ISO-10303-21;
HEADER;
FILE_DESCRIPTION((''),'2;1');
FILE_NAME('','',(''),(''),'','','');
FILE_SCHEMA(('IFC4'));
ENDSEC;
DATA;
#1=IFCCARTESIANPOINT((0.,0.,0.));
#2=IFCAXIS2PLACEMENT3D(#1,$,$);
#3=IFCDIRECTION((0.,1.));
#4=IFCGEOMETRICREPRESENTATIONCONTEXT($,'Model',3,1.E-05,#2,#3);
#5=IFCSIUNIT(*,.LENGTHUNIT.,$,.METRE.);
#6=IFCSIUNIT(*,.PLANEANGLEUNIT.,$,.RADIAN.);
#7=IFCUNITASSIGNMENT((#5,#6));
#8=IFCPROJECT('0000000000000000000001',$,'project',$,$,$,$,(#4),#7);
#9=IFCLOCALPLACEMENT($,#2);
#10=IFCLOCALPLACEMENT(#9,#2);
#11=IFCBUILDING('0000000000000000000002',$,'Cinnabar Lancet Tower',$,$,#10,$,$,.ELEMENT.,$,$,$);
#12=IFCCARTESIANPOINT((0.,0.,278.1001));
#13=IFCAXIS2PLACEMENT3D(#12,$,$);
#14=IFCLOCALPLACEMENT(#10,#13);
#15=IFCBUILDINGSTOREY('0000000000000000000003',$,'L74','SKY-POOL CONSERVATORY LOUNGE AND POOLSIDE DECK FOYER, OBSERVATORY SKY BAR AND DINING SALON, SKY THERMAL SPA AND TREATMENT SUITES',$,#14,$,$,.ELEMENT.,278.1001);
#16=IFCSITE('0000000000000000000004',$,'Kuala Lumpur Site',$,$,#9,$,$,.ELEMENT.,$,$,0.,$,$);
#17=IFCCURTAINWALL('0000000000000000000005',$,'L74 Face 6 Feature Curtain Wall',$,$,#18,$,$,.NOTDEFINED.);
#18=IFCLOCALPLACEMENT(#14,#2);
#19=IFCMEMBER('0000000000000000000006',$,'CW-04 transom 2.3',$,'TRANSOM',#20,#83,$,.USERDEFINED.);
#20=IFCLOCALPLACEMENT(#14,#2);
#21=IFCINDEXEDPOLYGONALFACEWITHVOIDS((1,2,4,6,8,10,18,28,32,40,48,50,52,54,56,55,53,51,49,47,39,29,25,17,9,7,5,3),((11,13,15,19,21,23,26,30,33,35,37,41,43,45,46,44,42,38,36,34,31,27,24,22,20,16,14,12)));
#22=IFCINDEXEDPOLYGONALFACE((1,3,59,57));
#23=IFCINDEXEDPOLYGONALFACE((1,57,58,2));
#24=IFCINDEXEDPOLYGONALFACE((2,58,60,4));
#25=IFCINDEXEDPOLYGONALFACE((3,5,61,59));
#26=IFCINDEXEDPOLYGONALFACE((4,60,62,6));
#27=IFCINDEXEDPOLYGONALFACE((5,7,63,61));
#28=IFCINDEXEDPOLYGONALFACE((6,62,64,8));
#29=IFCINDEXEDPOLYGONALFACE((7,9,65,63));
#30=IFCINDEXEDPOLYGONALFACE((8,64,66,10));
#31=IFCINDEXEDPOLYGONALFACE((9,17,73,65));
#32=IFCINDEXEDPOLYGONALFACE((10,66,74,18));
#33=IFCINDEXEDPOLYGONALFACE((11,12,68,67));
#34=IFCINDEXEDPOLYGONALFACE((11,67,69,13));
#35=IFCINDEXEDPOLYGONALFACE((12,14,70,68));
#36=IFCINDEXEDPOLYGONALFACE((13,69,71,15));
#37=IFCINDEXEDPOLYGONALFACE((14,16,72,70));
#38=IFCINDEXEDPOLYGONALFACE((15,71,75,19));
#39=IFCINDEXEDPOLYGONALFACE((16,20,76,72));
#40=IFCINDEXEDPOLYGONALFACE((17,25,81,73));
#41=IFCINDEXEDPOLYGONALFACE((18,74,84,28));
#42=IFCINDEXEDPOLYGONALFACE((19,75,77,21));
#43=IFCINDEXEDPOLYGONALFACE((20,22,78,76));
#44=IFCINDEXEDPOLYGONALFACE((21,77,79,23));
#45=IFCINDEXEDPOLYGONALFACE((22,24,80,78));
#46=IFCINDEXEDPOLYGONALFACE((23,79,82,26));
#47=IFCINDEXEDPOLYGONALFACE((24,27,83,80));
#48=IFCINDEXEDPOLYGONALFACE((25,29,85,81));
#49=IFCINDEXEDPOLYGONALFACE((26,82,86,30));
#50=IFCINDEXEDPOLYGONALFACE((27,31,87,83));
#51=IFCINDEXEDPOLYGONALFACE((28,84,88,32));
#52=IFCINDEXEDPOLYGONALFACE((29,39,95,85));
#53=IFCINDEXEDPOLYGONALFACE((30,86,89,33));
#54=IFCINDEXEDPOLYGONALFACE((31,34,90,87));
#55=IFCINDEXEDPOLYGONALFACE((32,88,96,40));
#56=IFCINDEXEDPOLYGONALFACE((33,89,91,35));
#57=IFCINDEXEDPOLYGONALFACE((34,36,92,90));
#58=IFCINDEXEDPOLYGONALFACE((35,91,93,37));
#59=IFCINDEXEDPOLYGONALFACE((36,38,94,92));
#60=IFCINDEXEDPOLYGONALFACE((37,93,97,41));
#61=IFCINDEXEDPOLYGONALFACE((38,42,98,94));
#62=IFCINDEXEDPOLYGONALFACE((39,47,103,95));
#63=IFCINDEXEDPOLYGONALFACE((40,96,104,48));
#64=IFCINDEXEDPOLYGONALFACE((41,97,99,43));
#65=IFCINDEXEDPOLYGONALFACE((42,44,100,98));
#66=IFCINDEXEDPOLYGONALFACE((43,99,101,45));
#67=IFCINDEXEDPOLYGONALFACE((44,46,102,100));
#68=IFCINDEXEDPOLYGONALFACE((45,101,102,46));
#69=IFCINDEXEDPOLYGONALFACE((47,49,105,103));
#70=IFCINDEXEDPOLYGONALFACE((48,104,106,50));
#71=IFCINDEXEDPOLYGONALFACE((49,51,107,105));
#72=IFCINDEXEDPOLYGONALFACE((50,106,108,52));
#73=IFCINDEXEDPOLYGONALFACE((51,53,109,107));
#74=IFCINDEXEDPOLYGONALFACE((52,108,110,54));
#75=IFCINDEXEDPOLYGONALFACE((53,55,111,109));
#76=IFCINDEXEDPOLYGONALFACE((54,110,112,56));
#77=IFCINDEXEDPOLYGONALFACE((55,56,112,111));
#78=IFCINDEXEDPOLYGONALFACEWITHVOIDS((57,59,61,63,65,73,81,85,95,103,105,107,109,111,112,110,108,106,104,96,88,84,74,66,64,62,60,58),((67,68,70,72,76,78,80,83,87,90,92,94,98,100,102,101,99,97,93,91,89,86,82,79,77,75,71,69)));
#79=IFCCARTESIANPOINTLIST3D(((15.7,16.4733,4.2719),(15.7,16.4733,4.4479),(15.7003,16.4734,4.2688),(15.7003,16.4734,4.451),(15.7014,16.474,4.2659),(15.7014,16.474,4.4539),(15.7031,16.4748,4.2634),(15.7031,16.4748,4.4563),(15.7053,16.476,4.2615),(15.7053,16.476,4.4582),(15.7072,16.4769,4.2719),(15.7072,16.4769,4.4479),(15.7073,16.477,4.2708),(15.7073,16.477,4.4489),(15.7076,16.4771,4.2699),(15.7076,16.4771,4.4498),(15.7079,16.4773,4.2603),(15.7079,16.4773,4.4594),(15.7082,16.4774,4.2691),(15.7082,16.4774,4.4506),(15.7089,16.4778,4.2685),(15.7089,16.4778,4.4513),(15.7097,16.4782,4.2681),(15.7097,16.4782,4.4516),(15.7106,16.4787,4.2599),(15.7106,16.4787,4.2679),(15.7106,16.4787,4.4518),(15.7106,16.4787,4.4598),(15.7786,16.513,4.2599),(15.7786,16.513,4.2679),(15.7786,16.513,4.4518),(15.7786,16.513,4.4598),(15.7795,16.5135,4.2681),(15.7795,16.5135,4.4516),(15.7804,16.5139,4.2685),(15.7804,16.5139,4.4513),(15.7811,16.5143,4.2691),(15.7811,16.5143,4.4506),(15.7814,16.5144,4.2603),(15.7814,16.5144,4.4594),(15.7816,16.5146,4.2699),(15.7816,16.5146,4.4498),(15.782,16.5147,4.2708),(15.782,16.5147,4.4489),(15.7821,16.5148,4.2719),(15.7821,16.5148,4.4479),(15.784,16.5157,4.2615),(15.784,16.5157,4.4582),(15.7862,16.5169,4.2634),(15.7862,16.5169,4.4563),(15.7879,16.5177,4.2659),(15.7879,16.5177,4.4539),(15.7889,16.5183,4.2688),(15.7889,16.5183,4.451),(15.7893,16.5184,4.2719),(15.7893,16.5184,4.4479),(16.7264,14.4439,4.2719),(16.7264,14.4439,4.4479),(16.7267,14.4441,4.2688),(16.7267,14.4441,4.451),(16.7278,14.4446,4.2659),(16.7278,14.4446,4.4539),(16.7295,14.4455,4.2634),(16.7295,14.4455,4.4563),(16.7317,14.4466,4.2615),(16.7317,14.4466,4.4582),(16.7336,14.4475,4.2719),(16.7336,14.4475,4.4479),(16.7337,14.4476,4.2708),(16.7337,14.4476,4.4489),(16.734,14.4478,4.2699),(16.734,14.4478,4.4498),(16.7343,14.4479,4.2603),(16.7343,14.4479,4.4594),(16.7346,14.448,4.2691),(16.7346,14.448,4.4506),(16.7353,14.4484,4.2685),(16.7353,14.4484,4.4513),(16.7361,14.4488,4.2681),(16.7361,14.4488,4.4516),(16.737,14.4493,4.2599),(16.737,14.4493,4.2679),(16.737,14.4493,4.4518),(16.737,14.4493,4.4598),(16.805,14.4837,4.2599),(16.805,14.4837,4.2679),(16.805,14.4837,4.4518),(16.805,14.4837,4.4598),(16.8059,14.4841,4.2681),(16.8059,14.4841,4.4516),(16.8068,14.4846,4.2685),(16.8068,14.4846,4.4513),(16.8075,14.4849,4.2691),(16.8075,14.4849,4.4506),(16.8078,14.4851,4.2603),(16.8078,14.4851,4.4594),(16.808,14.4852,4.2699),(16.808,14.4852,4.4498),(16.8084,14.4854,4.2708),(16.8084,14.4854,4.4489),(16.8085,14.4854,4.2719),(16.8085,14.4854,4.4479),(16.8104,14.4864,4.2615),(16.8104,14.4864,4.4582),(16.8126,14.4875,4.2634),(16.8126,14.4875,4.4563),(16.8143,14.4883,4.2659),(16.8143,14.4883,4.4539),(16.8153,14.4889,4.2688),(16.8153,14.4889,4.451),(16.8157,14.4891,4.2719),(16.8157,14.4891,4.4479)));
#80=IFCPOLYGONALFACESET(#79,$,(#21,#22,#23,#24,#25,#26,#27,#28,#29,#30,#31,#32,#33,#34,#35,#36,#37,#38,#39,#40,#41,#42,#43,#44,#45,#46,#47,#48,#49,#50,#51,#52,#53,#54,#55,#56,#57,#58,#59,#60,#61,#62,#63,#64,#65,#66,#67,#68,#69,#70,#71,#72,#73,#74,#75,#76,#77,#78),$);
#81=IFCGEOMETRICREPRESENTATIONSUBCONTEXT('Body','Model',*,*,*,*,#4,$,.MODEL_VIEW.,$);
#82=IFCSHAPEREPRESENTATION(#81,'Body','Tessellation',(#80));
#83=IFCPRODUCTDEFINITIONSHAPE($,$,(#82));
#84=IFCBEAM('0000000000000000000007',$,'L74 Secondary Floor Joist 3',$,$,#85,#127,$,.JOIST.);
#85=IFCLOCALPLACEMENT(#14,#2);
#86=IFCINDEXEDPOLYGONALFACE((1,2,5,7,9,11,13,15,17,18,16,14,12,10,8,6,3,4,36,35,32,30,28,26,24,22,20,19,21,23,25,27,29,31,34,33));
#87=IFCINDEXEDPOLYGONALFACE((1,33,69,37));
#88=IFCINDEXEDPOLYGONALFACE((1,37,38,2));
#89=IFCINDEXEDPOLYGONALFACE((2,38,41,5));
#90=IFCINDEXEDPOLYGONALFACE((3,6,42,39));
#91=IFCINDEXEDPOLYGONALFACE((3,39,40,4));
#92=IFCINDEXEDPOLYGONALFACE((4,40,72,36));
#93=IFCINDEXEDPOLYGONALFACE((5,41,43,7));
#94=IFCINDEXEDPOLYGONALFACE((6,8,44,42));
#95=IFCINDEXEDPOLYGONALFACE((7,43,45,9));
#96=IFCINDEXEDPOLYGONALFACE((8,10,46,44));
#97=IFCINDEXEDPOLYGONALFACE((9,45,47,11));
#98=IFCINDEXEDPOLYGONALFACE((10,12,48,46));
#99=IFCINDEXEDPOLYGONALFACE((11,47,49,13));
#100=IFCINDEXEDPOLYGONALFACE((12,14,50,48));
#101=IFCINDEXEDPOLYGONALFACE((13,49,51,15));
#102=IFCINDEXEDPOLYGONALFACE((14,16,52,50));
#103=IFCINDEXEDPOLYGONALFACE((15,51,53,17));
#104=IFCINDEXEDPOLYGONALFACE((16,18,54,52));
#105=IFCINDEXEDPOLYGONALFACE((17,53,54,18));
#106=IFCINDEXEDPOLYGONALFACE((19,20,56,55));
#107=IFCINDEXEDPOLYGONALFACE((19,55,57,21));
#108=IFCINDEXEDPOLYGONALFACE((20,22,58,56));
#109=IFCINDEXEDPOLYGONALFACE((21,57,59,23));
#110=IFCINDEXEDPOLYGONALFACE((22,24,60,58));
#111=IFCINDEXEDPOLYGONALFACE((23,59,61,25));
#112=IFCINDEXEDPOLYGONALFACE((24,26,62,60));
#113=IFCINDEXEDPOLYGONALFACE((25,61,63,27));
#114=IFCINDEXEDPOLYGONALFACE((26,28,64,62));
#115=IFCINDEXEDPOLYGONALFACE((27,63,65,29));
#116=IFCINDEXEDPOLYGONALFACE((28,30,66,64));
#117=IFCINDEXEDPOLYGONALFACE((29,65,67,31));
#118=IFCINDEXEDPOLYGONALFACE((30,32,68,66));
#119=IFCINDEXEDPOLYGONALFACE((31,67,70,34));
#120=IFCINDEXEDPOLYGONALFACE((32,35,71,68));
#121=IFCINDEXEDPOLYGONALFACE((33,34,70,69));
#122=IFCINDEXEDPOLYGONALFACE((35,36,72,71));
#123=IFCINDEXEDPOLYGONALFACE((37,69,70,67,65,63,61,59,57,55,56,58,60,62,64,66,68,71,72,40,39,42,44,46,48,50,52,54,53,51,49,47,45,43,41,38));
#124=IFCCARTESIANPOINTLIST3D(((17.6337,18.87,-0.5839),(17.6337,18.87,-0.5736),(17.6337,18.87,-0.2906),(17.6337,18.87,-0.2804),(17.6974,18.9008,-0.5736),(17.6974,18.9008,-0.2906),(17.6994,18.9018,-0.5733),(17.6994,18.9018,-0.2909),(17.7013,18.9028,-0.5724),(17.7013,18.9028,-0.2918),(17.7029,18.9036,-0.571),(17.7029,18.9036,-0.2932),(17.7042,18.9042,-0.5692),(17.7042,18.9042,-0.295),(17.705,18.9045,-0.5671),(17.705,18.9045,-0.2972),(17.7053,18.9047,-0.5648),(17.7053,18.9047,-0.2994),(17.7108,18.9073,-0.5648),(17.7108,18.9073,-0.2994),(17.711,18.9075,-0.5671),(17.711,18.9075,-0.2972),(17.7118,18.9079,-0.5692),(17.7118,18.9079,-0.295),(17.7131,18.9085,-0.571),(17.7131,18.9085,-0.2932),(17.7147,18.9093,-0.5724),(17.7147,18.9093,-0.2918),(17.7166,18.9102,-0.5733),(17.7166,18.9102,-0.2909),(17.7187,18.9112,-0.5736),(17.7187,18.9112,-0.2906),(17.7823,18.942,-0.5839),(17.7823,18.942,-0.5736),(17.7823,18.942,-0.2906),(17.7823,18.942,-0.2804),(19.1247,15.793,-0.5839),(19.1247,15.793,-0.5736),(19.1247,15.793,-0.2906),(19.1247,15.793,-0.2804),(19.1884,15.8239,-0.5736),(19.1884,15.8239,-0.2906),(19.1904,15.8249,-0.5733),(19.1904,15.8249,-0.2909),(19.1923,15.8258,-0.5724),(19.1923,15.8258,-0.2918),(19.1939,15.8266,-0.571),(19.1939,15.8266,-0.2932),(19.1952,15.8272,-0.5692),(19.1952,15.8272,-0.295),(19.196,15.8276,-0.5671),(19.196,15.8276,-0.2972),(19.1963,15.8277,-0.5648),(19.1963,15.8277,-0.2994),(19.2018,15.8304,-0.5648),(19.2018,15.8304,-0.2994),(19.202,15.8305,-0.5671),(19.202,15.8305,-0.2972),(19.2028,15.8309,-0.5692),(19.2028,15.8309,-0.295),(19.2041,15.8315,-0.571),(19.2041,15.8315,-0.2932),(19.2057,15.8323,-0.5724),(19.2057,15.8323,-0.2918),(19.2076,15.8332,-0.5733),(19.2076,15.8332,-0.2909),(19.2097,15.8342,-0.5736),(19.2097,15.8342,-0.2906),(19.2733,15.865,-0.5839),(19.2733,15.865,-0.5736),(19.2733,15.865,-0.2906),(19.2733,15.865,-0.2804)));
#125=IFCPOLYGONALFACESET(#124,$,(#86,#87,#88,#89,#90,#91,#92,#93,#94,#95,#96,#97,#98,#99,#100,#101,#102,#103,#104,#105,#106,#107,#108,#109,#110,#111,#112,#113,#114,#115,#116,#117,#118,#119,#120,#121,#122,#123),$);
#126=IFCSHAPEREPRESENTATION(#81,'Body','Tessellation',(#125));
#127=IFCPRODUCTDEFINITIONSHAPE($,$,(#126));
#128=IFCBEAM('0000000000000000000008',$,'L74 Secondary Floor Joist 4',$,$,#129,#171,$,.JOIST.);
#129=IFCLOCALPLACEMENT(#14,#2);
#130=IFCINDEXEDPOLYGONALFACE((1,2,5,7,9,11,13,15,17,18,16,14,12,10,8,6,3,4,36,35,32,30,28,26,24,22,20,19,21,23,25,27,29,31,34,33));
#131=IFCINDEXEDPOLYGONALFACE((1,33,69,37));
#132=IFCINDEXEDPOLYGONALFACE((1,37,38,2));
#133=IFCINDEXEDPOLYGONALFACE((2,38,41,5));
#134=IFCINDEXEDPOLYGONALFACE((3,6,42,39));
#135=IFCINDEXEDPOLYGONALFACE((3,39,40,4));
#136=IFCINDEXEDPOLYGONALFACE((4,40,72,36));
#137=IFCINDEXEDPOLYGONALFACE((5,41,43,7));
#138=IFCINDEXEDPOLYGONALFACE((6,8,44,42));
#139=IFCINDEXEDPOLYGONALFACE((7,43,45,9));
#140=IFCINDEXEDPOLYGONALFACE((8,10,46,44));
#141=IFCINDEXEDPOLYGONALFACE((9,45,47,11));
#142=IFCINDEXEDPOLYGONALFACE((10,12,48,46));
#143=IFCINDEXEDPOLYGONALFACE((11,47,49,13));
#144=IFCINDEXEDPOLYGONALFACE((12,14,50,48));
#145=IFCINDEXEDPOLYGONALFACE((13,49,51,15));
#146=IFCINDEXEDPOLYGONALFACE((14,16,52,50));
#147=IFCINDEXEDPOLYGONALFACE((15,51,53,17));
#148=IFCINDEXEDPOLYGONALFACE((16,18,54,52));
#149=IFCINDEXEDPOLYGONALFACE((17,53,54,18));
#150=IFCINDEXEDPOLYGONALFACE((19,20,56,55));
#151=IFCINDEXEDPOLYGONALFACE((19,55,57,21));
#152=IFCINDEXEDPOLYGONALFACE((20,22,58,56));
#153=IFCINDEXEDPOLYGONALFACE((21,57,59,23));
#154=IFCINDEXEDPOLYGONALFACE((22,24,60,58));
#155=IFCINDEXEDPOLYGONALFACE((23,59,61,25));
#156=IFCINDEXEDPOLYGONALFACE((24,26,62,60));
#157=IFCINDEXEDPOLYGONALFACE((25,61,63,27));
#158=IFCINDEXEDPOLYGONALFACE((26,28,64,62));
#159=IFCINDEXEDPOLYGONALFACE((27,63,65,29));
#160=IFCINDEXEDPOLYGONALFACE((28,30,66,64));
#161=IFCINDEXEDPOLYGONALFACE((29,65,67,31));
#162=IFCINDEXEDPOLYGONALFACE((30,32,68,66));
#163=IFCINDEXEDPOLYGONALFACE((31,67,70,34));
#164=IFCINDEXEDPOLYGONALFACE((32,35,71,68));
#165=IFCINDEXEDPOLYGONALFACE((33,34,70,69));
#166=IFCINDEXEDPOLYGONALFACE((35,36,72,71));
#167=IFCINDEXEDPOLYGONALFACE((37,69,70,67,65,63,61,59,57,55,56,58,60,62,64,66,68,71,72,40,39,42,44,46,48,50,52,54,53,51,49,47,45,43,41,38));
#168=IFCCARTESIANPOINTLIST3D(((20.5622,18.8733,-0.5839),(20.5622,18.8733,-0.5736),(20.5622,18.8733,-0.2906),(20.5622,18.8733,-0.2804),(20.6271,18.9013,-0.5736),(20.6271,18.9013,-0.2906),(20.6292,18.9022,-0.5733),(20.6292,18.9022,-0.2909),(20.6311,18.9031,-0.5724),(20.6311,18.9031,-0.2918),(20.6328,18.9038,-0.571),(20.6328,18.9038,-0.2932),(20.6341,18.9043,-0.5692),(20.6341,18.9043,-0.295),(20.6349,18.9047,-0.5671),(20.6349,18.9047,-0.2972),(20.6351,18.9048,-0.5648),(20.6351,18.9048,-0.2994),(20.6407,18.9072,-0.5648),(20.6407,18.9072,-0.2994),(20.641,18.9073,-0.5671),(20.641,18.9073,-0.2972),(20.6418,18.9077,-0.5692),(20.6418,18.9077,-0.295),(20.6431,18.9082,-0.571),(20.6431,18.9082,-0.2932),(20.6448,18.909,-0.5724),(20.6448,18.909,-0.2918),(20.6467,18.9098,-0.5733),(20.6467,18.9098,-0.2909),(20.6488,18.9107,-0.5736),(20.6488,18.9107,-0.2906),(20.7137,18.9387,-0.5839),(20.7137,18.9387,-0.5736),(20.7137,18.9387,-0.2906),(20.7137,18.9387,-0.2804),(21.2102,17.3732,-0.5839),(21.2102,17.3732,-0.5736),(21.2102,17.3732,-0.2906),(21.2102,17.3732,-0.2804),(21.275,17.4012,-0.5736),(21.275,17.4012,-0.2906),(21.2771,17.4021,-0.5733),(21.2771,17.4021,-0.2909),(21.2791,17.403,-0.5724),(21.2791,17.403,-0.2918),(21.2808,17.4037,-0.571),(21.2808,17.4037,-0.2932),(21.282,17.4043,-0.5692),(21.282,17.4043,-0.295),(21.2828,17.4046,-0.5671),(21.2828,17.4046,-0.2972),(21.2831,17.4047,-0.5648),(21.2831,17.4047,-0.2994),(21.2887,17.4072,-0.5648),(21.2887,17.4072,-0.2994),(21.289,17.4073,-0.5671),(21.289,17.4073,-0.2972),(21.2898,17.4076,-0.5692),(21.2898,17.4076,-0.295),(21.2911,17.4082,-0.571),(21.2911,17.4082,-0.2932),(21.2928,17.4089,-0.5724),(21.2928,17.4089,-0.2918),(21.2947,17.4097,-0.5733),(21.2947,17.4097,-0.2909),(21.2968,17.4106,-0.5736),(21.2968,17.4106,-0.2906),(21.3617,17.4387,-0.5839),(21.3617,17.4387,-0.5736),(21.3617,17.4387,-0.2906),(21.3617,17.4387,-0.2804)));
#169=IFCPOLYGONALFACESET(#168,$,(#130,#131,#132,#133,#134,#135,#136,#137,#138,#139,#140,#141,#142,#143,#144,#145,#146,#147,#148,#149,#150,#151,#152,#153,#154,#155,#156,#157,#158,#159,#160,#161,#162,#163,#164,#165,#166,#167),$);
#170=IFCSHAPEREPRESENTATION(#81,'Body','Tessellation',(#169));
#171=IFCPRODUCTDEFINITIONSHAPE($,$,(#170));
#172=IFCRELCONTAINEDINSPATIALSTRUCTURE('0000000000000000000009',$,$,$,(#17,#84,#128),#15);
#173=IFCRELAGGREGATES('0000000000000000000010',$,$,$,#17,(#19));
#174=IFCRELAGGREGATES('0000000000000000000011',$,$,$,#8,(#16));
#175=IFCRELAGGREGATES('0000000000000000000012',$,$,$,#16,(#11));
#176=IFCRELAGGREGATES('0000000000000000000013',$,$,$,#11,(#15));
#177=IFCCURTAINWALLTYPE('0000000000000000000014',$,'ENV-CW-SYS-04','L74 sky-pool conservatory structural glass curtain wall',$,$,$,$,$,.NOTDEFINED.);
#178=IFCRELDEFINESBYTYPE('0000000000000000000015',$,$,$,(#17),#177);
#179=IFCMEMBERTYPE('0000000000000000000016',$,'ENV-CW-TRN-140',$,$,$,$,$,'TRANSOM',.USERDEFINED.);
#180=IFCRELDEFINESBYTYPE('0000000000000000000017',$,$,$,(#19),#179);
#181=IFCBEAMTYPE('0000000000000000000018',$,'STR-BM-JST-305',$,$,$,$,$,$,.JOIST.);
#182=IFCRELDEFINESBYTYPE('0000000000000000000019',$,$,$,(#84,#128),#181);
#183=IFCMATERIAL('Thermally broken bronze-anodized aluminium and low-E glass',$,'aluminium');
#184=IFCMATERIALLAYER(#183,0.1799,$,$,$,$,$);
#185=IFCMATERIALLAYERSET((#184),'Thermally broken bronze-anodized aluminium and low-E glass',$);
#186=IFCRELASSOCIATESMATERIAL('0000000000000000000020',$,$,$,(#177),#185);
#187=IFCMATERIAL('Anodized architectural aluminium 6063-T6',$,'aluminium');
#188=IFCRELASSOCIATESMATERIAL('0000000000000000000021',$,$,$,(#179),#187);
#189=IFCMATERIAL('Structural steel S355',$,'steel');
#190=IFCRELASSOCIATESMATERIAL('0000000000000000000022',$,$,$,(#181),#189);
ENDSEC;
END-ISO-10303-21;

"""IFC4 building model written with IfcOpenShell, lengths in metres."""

from ifc_helpers import new_model, si_unit, direction, frame, origin, origin_2d, place, context, subcontext, project, spatial, hollow_rectangle, i_section, extrude, material, layer, layer_set, material_profile, profile_set, type_object, element, aggregate, save


model = new_model("IFC4")

# Units and contexts
model_context = context("Model", 3, precision=1e-05, world=origin(), true_north=direction((0.0, 1.0)))
body_context = subcontext(model_context, "Body", "Model", "MODEL_VIEW")
ifc_project = project(units=[si_unit("LENGTHUNIT", "METRE"), si_unit("PLANEANGLEUNIT", "RADIAN")], contexts=[model_context])

# Site, building, storey
site_placement = place(None, origin())
site = spatial("IfcSite", under=ifc_project, at=site_placement, Name="Kuala Lumpur Site", CompositionType="ELEMENT", RefElevation=0.0)
building_placement = place(site_placement, origin())
building = spatial("IfcBuilding", under=site, at=building_placement, Name="Cinnabar Lancet Tower", CompositionType="ELEMENT")
storey_placement = place(building_placement, frame((0.0, 0.0, 278.1001)))
storey = spatial("IfcBuildingStorey", under=building, at=storey_placement, Name="L74", Description="SKY-POOL CONSERVATORY LOUNGE AND POOLSIDE DECK FOYER, OBSERVATORY SKY BAR AND DINING SALON, SKY THERMAL SPA AND TREATMENT SUITES", CompositionType="ELEMENT", Elevation=278.1001)

# Curtain wall, member
ifc_material_1 = material(Name="Thermally broken bronze-anodized aluminium and low-E glass", Category="aluminium")
ifc_layer_1 = layer(ifc_material_1, 0.1799)
ifc_layer_set_1 = layer_set([ifc_layer_1], Name="Thermally broken bronze-anodized aluminium and low-E glass")
curtain_wall_type = type_object("IfcCurtainWallType", Name="ENV-CW-SYS-04", Description="L74 sky-pool conservatory structural glass curtain wall", PredefinedType="NOTDEFINED", material=ifc_layer_set_1)
curtain_wall_placement = place(storey_placement, origin())
curtain_wall = element("IfcCurtainWall", 1, at=curtain_wall_placement, inside=storey, type_object=curtain_wall_type, Name="L74 Face 6 Feature Curtain Wall", PredefinedType="NOTDEFINED")
ifc_material_2 = material(Name="Anodized architectural aluminium 6063-T6", Category="aluminium")
ifc_material_profile_1 = material_profile(ifc_material_2, hollow_rectangle(XDim=0.1001, YDim=0.2, WallThickness=0.0081, InnerFilletRadius=0.0039, OuterFilletRadius=0.012, at=origin_2d()), Name="RHS 200x100x8")
ifc_profile_set_1 = profile_set([ifc_material_profile_1], Name="Anodized architectural aluminium 6063-T6")
member_type_1 = type_object("IfcMemberType", Name="ENV-CW-TRN-140", ElementType="TRANSOM", PredefinedType="USERDEFINED", material=ifc_profile_set_1)
member_1_placement = place(storey_placement, frame((15.7446, 16.4958, 4.3599), z_axis=(0.451331, -0.892356, 0.0), x_axis=(0.892356, 0.451331, 0.0)))
member_1 = element("IfcMember", 2, at=member_1_placement, type_object=member_type_1, Name="CW-04 transom 2.3", ObjectType="TRANSOM", PredefinedType="USERDEFINED", context=body_context, shape_type="SweptSolid", body=[
    extrude(hollow_rectangle(XDim=0.1001, YDim=0.2, WallThickness=0.0081, InnerFilletRadius=0.0039, OuterFilletRadius=0.012, at=origin_2d()), origin(), (0.0, 0.0, 1.0), 2.2742),
])

# Beams
ifc_material_3 = material(Name="Structural steel S355", Category="steel")
ifc_material_profile_2 = material_profile(ifc_material_3, i_section(OverallWidth=0.165, OverallDepth=0.3035, WebThickness=0.0061, FlangeThickness=0.0103, FilletRadius=0.0088, at=origin_2d()), Name="UKB 305x165x40")
ifc_profile_set_2 = profile_set([ifc_material_profile_2], Name="Structural steel S355")
beam_type_1 = type_object("IfcBeamType", Name="STR-BM-JST-305", PredefinedType="JOIST", material=ifc_profile_set_2)
beam_1_placement = place(storey_placement, frame((17.708, 18.906, -0.4321), z_axis=(0.436069, -0.899913, 0.0), x_axis=(0.899913, 0.436069, 0.0)))
element("IfcBeam", 3, at=beam_1_placement, inside=storey, type_object=beam_type_1, Name="L74 Secondary Floor Joist 3", PredefinedType="JOIST", context=body_context, shape_type="SweptSolid", body=[
    extrude(i_section(OverallWidth=0.165, OverallDepth=0.3035, WebThickness=0.0061, FlangeThickness=0.0103, FilletRadius=0.0088, at=origin_2d()), origin(), (0.0, 0.0, 1.0), 3.4192),
])
beam_2_placement = place(storey_placement, frame((20.6379, 18.906, -0.4321), z_axis=(0.39655, -0.918013, 0.0), x_axis=(0.918013, 0.39655, 0.0)))
element("IfcBeam", 4, at=beam_2_placement, inside=storey, type_object=beam_type_1, Name="L74 Secondary Floor Joist 4", PredefinedType="JOIST", context=body_context, shape_type="SweptSolid", body=[
    extrude(i_section(OverallWidth=0.165, OverallDepth=0.3035, WebThickness=0.0061, FlangeThickness=0.0103, FilletRadius=0.0088, at=origin_2d()), origin(), (0.0, 0.0, 1.0), 1.634),
])

aggregate(curtain_wall, [member_1])

save(model, "model.ifc")
